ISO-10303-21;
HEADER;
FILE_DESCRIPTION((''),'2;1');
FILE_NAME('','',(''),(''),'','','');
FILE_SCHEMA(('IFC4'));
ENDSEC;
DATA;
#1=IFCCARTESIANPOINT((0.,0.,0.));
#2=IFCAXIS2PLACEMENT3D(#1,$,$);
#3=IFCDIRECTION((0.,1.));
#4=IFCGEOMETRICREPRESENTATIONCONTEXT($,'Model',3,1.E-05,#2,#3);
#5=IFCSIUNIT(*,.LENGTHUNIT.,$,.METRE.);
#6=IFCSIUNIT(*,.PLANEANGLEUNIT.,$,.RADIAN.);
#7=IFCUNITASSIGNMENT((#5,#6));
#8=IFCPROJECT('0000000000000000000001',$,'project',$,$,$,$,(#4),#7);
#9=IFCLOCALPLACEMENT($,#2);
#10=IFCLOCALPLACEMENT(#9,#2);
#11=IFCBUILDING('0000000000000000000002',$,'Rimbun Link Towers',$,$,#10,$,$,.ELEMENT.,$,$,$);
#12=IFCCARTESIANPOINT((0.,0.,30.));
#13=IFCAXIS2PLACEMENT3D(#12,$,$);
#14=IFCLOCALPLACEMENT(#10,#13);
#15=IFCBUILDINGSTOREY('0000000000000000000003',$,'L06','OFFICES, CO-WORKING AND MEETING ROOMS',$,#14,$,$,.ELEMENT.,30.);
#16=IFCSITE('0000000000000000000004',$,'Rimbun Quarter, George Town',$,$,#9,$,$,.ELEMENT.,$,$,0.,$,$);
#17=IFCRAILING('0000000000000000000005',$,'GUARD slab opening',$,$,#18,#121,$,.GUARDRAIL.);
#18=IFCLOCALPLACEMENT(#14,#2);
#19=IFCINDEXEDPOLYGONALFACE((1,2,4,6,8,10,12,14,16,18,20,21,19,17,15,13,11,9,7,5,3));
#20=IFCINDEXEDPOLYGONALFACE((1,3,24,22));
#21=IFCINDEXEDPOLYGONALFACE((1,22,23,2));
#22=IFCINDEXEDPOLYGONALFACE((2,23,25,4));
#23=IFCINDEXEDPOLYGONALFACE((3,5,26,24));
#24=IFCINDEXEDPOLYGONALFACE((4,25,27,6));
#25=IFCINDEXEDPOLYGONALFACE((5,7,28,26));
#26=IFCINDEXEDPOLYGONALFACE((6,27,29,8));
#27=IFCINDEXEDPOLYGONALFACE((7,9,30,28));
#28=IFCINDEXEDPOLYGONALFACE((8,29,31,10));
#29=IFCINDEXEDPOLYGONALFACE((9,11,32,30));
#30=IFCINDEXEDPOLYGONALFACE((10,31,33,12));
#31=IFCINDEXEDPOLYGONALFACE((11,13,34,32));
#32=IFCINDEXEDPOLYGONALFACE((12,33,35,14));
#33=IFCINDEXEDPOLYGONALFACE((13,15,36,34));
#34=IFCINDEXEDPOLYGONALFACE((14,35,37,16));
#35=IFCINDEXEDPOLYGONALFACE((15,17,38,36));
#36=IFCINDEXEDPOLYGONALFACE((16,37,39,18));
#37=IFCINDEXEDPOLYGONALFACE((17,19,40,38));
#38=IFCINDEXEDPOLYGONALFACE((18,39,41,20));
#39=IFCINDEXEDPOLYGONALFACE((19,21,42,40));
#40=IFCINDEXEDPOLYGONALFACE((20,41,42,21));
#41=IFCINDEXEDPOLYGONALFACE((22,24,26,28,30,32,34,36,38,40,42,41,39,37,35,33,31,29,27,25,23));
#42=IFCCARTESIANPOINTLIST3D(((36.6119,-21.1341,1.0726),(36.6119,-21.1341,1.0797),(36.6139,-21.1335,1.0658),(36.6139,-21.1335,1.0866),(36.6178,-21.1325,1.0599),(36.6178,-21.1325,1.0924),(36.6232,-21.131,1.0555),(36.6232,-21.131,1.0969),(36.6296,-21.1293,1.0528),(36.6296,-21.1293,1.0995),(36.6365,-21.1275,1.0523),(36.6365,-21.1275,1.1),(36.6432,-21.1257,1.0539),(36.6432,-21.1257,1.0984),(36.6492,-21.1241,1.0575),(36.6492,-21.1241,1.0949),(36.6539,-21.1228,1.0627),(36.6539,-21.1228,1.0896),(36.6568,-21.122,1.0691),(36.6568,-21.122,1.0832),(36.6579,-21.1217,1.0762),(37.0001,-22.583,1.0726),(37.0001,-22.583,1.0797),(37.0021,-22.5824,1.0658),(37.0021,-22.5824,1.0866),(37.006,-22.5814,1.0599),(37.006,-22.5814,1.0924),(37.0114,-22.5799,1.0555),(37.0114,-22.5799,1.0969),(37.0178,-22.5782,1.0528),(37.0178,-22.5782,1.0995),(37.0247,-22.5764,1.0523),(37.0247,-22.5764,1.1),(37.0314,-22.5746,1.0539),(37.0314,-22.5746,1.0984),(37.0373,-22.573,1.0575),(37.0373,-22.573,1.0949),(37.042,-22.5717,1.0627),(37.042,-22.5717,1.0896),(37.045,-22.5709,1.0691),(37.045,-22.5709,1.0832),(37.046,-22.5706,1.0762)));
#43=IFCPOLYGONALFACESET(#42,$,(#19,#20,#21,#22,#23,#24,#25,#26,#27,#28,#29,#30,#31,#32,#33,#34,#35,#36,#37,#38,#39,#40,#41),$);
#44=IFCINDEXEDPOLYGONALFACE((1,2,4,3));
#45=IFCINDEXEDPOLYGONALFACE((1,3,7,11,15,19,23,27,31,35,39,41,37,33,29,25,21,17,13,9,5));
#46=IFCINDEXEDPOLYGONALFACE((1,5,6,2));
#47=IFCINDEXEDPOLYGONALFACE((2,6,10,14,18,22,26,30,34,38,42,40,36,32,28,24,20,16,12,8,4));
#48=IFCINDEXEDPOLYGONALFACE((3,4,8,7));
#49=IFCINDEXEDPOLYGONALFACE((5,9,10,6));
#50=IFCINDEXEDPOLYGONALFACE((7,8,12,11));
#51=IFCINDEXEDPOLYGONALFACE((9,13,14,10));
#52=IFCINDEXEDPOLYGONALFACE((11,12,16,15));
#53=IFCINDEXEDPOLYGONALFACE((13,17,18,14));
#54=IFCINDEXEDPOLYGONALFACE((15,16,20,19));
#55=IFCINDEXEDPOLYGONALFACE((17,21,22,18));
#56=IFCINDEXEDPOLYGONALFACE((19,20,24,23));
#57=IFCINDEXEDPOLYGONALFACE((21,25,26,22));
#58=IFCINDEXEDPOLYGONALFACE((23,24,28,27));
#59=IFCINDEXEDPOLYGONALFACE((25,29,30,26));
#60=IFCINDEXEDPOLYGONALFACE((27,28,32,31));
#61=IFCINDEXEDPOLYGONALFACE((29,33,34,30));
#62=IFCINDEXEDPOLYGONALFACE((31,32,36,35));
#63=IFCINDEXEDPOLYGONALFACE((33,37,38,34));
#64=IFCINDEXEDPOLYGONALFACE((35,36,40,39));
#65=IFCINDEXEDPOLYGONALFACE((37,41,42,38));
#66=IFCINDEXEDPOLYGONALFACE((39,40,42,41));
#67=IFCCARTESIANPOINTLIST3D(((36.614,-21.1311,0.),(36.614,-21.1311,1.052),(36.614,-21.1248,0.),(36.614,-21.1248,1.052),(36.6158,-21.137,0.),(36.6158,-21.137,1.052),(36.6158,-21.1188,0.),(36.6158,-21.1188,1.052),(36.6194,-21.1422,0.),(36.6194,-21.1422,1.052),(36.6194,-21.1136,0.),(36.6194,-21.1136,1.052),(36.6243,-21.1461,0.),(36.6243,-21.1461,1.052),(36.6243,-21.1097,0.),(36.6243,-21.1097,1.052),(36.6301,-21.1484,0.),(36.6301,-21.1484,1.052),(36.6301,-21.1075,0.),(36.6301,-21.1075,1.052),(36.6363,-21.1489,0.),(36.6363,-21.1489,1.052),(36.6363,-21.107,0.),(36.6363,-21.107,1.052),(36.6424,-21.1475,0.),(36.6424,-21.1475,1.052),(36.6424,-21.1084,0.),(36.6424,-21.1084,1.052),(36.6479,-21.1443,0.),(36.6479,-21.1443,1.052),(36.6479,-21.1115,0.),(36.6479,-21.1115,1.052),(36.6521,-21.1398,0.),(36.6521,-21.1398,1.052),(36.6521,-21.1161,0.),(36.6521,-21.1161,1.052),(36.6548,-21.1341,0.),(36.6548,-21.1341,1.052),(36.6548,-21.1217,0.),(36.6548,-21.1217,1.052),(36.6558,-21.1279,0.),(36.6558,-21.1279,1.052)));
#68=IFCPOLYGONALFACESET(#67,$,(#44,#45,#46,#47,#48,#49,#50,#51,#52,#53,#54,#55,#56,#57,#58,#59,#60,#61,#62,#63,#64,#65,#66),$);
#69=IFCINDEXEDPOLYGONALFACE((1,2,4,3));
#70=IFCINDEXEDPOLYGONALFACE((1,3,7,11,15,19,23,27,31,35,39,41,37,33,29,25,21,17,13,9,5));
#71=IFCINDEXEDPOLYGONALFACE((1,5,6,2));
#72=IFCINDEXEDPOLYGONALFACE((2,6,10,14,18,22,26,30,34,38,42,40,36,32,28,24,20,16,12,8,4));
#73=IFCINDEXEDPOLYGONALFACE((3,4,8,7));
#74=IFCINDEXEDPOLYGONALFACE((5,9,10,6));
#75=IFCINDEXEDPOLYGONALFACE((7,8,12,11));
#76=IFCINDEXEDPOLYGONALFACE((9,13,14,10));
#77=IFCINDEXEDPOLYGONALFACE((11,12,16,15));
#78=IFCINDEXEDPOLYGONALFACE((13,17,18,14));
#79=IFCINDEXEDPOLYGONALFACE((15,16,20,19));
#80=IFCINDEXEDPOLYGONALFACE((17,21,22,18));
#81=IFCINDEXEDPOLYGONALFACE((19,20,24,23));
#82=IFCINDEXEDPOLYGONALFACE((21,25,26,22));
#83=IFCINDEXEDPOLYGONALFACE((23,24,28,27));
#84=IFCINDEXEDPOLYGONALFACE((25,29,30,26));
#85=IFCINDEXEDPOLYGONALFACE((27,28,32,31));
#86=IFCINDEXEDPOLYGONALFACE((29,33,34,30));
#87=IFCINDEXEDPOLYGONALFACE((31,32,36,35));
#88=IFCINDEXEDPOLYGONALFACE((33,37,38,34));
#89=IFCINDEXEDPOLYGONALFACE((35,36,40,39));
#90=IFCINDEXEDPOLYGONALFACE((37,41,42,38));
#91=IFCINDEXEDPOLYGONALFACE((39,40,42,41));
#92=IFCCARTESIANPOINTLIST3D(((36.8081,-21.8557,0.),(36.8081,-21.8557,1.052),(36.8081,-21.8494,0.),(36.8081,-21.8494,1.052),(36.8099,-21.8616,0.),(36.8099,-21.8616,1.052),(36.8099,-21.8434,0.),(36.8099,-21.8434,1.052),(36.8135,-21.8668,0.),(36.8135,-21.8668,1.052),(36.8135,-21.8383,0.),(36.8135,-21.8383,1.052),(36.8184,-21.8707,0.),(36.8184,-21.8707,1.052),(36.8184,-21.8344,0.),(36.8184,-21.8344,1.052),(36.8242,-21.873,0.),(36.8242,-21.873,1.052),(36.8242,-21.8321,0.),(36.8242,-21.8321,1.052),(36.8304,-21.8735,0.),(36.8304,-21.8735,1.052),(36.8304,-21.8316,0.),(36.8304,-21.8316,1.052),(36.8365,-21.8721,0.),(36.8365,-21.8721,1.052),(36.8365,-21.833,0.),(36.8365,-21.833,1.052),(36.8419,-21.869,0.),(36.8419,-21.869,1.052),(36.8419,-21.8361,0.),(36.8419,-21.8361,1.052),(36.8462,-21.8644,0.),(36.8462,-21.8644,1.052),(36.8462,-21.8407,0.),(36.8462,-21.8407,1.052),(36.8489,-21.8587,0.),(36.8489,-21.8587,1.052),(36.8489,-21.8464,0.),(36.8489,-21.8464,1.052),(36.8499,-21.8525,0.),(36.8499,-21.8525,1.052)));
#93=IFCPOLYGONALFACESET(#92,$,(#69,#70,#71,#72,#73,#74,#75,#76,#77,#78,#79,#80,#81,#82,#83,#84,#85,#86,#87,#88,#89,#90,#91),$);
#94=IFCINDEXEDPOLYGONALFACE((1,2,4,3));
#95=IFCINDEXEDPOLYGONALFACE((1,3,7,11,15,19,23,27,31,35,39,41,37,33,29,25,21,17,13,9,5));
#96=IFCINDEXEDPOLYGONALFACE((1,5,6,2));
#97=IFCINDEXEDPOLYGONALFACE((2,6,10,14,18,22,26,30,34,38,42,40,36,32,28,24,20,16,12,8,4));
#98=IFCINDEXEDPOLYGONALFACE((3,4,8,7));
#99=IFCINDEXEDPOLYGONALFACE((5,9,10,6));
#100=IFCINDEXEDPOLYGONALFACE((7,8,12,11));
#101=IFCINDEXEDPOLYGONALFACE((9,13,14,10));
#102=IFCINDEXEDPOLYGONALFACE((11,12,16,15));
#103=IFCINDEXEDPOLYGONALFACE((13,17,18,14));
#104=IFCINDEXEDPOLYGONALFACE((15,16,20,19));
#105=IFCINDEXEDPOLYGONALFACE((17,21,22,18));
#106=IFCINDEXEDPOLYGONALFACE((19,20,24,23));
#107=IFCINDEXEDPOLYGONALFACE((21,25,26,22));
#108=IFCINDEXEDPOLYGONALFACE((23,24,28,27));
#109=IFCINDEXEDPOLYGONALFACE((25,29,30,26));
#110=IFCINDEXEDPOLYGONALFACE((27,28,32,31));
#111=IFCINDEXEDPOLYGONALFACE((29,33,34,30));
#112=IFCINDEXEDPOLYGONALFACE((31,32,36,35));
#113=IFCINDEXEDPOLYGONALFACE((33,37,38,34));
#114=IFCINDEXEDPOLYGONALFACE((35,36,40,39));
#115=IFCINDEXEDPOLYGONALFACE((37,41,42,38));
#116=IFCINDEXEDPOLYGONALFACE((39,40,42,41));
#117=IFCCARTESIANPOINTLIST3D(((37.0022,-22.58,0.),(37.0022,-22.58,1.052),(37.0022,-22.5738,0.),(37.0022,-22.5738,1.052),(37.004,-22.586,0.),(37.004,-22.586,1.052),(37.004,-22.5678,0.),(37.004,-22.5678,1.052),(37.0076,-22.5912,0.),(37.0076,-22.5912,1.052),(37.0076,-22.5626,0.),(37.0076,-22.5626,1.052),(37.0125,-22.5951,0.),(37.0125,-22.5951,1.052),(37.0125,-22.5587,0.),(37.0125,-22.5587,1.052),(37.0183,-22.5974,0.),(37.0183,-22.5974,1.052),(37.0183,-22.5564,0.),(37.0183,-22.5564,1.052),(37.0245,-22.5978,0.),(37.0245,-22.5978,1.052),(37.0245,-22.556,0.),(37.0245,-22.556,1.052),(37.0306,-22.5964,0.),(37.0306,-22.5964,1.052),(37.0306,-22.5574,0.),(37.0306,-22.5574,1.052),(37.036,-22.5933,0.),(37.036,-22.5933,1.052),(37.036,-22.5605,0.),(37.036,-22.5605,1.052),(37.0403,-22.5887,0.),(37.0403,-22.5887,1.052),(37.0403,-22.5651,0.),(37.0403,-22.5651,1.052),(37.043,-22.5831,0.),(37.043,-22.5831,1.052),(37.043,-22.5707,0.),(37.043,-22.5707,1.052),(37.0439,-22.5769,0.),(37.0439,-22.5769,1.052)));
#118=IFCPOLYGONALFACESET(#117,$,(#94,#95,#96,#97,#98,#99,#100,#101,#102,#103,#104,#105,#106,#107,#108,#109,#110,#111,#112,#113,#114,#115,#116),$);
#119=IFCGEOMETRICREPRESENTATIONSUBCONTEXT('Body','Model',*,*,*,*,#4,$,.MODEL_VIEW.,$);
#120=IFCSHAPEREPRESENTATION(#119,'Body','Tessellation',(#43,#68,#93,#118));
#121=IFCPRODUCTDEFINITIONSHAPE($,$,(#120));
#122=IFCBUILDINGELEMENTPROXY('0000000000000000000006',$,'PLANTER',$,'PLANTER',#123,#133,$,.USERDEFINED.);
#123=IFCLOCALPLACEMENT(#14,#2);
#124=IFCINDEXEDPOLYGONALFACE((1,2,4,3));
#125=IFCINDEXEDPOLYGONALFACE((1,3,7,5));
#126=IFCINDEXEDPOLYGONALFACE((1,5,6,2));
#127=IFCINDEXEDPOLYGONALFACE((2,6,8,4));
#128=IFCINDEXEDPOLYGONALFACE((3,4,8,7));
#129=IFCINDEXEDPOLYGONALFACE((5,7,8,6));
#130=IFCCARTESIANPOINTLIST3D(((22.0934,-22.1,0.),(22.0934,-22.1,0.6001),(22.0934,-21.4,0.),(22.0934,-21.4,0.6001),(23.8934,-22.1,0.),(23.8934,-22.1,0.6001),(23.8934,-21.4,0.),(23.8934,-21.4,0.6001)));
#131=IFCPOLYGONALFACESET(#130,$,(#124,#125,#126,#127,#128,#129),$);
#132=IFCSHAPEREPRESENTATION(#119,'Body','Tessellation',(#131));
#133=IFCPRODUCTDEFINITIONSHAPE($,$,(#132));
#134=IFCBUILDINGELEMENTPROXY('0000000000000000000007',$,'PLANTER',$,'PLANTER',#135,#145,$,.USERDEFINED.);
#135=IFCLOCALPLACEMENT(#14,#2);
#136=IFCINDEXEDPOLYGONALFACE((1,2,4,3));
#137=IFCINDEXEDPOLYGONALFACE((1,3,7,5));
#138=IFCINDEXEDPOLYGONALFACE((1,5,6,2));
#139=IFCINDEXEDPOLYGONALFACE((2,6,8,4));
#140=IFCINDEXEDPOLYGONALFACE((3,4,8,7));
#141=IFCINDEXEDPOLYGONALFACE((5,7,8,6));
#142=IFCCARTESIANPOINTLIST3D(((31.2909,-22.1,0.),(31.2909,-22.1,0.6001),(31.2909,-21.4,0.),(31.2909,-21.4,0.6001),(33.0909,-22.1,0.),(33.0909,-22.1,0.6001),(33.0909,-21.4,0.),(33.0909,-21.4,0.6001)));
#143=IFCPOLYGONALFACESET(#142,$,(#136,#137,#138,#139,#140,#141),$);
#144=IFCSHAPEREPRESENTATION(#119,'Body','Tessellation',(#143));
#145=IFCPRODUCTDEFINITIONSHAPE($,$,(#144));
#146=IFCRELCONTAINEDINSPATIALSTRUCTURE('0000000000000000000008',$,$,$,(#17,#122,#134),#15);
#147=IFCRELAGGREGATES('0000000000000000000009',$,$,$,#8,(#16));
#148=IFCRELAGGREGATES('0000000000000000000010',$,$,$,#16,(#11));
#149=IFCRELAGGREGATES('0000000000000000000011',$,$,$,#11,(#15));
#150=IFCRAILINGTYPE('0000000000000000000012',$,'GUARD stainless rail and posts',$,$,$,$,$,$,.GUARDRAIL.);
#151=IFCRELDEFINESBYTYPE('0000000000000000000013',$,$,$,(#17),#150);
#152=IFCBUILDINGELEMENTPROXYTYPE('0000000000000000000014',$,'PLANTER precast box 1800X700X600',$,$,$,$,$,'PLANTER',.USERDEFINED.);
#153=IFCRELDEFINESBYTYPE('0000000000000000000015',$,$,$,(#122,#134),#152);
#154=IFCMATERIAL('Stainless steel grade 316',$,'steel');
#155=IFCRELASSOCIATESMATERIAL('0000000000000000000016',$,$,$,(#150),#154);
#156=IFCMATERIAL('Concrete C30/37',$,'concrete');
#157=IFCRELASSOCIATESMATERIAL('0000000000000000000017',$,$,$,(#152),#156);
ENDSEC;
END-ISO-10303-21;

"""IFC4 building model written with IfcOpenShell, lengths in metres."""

from ifc_helpers import new_model, si_unit, direction, frame, origin, origin_2d, place, context, subcontext, project, spatial, rectangle, circle, extrude, material, type_object, element, save


model = new_model("IFC4")

# Units and contexts
model_context = context("Model", 3, precision=1e-05, world=origin(), true_north=direction((0.0, 1.0)))
body_context = subcontext(model_context, "Body", "Model", "MODEL_VIEW")
ifc_project = project(units=[si_unit("LENGTHUNIT", "METRE"), si_unit("PLANEANGLEUNIT", "RADIAN")], contexts=[model_context])

# Site, building, storey
site_placement = place(None, origin())
site = spatial("IfcSite", under=ifc_project, at=site_placement, Name="Rimbun Quarter, George Town", CompositionType="ELEMENT", RefElevation=0.0)
building_placement = place(site_placement, origin())
building = spatial("IfcBuilding", under=site, at=building_placement, Name="Rimbun Link Towers", CompositionType="ELEMENT")
storey_placement = place(building_placement, frame((0.0, 0.0, 30.0)))
storey = spatial("IfcBuildingStorey", under=building, at=storey_placement, Name="L06", Description="OFFICES, CO-WORKING AND MEETING ROOMS", CompositionType="ELEMENT", Elevation=30.0)

# Railing
ifc_material_1 = material(Name="Stainless steel grade 316", Category="steel")
railing_type = type_object("IfcRailingType", Name="GUARD stainless rail and posts", PredefinedType="GUARDRAIL", material=ifc_material_1)
railing_1_placement = place(storey_placement, frame((36.6348, -21.1279, 0.0)))
element("IfcRailing", 1, at=railing_1_placement, inside=storey, type_object=railing_type, Name="GUARD slab opening", PredefinedType="GUARDRAIL", context=body_context, shape_type="SweptSolid", body=[
    extrude(circle(Radius=0.0239, at=origin_2d()), frame((0.0, 0.0, 1.0762), z_axis=(0.258777, -0.965937, 0.0), x_axis=(0.965937, 0.258777, 0.0)), (0.0, 0.0, 1.0), 1.5),
    extrude(circle(Radius=0.021, at=origin_2d()), origin(), (0.0, 0.0, 1.0), 1.052),
    extrude(circle(Radius=0.021, at=origin_2d()), frame((0.1941, -0.7246, 0.0)), (0.0, 0.0, 1.0), 1.052),
    extrude(circle(Radius=0.021, at=origin_2d()), frame((0.3882, -1.449, 0.0)), (0.0, 0.0, 1.0), 1.052),
])

# Building element proxies
ifc_material_2 = material(Name="Concrete C30/37", Category="concrete")
building_element_proxy_type = type_object("IfcBuildingElementProxyType", Name="PLANTER precast box 1800X700X600", ElementType="PLANTER", PredefinedType="USERDEFINED", material=ifc_material_2)
for number, where, z_axis, x_axis, name in (
    (2, (22.9934, -21.75, 0.0), (0.0, 0.0, 1.0), (1.0, 0.0, 0.0), "PLANTER"),
    (3, (32.1909, -21.75, 0.0), (0.0, 0.0, 1.0), (1.0, 0.0, 0.0), "PLANTER"),
):
    element("IfcBuildingElementProxy", number, at=place(storey_placement, frame(where, z_axis=z_axis, x_axis=x_axis)), inside=storey, type_object=building_element_proxy_type, Name=name, ObjectType="PLANTER", PredefinedType="USERDEFINED", context=body_context, shape_type="SweptSolid", body=[
        extrude(rectangle(XDim=1.8, YDim=0.7, at=origin_2d()), origin(), (0.0, 0.0, 1.0), 0.6001),
    ])

save(model, "model.ifc")
